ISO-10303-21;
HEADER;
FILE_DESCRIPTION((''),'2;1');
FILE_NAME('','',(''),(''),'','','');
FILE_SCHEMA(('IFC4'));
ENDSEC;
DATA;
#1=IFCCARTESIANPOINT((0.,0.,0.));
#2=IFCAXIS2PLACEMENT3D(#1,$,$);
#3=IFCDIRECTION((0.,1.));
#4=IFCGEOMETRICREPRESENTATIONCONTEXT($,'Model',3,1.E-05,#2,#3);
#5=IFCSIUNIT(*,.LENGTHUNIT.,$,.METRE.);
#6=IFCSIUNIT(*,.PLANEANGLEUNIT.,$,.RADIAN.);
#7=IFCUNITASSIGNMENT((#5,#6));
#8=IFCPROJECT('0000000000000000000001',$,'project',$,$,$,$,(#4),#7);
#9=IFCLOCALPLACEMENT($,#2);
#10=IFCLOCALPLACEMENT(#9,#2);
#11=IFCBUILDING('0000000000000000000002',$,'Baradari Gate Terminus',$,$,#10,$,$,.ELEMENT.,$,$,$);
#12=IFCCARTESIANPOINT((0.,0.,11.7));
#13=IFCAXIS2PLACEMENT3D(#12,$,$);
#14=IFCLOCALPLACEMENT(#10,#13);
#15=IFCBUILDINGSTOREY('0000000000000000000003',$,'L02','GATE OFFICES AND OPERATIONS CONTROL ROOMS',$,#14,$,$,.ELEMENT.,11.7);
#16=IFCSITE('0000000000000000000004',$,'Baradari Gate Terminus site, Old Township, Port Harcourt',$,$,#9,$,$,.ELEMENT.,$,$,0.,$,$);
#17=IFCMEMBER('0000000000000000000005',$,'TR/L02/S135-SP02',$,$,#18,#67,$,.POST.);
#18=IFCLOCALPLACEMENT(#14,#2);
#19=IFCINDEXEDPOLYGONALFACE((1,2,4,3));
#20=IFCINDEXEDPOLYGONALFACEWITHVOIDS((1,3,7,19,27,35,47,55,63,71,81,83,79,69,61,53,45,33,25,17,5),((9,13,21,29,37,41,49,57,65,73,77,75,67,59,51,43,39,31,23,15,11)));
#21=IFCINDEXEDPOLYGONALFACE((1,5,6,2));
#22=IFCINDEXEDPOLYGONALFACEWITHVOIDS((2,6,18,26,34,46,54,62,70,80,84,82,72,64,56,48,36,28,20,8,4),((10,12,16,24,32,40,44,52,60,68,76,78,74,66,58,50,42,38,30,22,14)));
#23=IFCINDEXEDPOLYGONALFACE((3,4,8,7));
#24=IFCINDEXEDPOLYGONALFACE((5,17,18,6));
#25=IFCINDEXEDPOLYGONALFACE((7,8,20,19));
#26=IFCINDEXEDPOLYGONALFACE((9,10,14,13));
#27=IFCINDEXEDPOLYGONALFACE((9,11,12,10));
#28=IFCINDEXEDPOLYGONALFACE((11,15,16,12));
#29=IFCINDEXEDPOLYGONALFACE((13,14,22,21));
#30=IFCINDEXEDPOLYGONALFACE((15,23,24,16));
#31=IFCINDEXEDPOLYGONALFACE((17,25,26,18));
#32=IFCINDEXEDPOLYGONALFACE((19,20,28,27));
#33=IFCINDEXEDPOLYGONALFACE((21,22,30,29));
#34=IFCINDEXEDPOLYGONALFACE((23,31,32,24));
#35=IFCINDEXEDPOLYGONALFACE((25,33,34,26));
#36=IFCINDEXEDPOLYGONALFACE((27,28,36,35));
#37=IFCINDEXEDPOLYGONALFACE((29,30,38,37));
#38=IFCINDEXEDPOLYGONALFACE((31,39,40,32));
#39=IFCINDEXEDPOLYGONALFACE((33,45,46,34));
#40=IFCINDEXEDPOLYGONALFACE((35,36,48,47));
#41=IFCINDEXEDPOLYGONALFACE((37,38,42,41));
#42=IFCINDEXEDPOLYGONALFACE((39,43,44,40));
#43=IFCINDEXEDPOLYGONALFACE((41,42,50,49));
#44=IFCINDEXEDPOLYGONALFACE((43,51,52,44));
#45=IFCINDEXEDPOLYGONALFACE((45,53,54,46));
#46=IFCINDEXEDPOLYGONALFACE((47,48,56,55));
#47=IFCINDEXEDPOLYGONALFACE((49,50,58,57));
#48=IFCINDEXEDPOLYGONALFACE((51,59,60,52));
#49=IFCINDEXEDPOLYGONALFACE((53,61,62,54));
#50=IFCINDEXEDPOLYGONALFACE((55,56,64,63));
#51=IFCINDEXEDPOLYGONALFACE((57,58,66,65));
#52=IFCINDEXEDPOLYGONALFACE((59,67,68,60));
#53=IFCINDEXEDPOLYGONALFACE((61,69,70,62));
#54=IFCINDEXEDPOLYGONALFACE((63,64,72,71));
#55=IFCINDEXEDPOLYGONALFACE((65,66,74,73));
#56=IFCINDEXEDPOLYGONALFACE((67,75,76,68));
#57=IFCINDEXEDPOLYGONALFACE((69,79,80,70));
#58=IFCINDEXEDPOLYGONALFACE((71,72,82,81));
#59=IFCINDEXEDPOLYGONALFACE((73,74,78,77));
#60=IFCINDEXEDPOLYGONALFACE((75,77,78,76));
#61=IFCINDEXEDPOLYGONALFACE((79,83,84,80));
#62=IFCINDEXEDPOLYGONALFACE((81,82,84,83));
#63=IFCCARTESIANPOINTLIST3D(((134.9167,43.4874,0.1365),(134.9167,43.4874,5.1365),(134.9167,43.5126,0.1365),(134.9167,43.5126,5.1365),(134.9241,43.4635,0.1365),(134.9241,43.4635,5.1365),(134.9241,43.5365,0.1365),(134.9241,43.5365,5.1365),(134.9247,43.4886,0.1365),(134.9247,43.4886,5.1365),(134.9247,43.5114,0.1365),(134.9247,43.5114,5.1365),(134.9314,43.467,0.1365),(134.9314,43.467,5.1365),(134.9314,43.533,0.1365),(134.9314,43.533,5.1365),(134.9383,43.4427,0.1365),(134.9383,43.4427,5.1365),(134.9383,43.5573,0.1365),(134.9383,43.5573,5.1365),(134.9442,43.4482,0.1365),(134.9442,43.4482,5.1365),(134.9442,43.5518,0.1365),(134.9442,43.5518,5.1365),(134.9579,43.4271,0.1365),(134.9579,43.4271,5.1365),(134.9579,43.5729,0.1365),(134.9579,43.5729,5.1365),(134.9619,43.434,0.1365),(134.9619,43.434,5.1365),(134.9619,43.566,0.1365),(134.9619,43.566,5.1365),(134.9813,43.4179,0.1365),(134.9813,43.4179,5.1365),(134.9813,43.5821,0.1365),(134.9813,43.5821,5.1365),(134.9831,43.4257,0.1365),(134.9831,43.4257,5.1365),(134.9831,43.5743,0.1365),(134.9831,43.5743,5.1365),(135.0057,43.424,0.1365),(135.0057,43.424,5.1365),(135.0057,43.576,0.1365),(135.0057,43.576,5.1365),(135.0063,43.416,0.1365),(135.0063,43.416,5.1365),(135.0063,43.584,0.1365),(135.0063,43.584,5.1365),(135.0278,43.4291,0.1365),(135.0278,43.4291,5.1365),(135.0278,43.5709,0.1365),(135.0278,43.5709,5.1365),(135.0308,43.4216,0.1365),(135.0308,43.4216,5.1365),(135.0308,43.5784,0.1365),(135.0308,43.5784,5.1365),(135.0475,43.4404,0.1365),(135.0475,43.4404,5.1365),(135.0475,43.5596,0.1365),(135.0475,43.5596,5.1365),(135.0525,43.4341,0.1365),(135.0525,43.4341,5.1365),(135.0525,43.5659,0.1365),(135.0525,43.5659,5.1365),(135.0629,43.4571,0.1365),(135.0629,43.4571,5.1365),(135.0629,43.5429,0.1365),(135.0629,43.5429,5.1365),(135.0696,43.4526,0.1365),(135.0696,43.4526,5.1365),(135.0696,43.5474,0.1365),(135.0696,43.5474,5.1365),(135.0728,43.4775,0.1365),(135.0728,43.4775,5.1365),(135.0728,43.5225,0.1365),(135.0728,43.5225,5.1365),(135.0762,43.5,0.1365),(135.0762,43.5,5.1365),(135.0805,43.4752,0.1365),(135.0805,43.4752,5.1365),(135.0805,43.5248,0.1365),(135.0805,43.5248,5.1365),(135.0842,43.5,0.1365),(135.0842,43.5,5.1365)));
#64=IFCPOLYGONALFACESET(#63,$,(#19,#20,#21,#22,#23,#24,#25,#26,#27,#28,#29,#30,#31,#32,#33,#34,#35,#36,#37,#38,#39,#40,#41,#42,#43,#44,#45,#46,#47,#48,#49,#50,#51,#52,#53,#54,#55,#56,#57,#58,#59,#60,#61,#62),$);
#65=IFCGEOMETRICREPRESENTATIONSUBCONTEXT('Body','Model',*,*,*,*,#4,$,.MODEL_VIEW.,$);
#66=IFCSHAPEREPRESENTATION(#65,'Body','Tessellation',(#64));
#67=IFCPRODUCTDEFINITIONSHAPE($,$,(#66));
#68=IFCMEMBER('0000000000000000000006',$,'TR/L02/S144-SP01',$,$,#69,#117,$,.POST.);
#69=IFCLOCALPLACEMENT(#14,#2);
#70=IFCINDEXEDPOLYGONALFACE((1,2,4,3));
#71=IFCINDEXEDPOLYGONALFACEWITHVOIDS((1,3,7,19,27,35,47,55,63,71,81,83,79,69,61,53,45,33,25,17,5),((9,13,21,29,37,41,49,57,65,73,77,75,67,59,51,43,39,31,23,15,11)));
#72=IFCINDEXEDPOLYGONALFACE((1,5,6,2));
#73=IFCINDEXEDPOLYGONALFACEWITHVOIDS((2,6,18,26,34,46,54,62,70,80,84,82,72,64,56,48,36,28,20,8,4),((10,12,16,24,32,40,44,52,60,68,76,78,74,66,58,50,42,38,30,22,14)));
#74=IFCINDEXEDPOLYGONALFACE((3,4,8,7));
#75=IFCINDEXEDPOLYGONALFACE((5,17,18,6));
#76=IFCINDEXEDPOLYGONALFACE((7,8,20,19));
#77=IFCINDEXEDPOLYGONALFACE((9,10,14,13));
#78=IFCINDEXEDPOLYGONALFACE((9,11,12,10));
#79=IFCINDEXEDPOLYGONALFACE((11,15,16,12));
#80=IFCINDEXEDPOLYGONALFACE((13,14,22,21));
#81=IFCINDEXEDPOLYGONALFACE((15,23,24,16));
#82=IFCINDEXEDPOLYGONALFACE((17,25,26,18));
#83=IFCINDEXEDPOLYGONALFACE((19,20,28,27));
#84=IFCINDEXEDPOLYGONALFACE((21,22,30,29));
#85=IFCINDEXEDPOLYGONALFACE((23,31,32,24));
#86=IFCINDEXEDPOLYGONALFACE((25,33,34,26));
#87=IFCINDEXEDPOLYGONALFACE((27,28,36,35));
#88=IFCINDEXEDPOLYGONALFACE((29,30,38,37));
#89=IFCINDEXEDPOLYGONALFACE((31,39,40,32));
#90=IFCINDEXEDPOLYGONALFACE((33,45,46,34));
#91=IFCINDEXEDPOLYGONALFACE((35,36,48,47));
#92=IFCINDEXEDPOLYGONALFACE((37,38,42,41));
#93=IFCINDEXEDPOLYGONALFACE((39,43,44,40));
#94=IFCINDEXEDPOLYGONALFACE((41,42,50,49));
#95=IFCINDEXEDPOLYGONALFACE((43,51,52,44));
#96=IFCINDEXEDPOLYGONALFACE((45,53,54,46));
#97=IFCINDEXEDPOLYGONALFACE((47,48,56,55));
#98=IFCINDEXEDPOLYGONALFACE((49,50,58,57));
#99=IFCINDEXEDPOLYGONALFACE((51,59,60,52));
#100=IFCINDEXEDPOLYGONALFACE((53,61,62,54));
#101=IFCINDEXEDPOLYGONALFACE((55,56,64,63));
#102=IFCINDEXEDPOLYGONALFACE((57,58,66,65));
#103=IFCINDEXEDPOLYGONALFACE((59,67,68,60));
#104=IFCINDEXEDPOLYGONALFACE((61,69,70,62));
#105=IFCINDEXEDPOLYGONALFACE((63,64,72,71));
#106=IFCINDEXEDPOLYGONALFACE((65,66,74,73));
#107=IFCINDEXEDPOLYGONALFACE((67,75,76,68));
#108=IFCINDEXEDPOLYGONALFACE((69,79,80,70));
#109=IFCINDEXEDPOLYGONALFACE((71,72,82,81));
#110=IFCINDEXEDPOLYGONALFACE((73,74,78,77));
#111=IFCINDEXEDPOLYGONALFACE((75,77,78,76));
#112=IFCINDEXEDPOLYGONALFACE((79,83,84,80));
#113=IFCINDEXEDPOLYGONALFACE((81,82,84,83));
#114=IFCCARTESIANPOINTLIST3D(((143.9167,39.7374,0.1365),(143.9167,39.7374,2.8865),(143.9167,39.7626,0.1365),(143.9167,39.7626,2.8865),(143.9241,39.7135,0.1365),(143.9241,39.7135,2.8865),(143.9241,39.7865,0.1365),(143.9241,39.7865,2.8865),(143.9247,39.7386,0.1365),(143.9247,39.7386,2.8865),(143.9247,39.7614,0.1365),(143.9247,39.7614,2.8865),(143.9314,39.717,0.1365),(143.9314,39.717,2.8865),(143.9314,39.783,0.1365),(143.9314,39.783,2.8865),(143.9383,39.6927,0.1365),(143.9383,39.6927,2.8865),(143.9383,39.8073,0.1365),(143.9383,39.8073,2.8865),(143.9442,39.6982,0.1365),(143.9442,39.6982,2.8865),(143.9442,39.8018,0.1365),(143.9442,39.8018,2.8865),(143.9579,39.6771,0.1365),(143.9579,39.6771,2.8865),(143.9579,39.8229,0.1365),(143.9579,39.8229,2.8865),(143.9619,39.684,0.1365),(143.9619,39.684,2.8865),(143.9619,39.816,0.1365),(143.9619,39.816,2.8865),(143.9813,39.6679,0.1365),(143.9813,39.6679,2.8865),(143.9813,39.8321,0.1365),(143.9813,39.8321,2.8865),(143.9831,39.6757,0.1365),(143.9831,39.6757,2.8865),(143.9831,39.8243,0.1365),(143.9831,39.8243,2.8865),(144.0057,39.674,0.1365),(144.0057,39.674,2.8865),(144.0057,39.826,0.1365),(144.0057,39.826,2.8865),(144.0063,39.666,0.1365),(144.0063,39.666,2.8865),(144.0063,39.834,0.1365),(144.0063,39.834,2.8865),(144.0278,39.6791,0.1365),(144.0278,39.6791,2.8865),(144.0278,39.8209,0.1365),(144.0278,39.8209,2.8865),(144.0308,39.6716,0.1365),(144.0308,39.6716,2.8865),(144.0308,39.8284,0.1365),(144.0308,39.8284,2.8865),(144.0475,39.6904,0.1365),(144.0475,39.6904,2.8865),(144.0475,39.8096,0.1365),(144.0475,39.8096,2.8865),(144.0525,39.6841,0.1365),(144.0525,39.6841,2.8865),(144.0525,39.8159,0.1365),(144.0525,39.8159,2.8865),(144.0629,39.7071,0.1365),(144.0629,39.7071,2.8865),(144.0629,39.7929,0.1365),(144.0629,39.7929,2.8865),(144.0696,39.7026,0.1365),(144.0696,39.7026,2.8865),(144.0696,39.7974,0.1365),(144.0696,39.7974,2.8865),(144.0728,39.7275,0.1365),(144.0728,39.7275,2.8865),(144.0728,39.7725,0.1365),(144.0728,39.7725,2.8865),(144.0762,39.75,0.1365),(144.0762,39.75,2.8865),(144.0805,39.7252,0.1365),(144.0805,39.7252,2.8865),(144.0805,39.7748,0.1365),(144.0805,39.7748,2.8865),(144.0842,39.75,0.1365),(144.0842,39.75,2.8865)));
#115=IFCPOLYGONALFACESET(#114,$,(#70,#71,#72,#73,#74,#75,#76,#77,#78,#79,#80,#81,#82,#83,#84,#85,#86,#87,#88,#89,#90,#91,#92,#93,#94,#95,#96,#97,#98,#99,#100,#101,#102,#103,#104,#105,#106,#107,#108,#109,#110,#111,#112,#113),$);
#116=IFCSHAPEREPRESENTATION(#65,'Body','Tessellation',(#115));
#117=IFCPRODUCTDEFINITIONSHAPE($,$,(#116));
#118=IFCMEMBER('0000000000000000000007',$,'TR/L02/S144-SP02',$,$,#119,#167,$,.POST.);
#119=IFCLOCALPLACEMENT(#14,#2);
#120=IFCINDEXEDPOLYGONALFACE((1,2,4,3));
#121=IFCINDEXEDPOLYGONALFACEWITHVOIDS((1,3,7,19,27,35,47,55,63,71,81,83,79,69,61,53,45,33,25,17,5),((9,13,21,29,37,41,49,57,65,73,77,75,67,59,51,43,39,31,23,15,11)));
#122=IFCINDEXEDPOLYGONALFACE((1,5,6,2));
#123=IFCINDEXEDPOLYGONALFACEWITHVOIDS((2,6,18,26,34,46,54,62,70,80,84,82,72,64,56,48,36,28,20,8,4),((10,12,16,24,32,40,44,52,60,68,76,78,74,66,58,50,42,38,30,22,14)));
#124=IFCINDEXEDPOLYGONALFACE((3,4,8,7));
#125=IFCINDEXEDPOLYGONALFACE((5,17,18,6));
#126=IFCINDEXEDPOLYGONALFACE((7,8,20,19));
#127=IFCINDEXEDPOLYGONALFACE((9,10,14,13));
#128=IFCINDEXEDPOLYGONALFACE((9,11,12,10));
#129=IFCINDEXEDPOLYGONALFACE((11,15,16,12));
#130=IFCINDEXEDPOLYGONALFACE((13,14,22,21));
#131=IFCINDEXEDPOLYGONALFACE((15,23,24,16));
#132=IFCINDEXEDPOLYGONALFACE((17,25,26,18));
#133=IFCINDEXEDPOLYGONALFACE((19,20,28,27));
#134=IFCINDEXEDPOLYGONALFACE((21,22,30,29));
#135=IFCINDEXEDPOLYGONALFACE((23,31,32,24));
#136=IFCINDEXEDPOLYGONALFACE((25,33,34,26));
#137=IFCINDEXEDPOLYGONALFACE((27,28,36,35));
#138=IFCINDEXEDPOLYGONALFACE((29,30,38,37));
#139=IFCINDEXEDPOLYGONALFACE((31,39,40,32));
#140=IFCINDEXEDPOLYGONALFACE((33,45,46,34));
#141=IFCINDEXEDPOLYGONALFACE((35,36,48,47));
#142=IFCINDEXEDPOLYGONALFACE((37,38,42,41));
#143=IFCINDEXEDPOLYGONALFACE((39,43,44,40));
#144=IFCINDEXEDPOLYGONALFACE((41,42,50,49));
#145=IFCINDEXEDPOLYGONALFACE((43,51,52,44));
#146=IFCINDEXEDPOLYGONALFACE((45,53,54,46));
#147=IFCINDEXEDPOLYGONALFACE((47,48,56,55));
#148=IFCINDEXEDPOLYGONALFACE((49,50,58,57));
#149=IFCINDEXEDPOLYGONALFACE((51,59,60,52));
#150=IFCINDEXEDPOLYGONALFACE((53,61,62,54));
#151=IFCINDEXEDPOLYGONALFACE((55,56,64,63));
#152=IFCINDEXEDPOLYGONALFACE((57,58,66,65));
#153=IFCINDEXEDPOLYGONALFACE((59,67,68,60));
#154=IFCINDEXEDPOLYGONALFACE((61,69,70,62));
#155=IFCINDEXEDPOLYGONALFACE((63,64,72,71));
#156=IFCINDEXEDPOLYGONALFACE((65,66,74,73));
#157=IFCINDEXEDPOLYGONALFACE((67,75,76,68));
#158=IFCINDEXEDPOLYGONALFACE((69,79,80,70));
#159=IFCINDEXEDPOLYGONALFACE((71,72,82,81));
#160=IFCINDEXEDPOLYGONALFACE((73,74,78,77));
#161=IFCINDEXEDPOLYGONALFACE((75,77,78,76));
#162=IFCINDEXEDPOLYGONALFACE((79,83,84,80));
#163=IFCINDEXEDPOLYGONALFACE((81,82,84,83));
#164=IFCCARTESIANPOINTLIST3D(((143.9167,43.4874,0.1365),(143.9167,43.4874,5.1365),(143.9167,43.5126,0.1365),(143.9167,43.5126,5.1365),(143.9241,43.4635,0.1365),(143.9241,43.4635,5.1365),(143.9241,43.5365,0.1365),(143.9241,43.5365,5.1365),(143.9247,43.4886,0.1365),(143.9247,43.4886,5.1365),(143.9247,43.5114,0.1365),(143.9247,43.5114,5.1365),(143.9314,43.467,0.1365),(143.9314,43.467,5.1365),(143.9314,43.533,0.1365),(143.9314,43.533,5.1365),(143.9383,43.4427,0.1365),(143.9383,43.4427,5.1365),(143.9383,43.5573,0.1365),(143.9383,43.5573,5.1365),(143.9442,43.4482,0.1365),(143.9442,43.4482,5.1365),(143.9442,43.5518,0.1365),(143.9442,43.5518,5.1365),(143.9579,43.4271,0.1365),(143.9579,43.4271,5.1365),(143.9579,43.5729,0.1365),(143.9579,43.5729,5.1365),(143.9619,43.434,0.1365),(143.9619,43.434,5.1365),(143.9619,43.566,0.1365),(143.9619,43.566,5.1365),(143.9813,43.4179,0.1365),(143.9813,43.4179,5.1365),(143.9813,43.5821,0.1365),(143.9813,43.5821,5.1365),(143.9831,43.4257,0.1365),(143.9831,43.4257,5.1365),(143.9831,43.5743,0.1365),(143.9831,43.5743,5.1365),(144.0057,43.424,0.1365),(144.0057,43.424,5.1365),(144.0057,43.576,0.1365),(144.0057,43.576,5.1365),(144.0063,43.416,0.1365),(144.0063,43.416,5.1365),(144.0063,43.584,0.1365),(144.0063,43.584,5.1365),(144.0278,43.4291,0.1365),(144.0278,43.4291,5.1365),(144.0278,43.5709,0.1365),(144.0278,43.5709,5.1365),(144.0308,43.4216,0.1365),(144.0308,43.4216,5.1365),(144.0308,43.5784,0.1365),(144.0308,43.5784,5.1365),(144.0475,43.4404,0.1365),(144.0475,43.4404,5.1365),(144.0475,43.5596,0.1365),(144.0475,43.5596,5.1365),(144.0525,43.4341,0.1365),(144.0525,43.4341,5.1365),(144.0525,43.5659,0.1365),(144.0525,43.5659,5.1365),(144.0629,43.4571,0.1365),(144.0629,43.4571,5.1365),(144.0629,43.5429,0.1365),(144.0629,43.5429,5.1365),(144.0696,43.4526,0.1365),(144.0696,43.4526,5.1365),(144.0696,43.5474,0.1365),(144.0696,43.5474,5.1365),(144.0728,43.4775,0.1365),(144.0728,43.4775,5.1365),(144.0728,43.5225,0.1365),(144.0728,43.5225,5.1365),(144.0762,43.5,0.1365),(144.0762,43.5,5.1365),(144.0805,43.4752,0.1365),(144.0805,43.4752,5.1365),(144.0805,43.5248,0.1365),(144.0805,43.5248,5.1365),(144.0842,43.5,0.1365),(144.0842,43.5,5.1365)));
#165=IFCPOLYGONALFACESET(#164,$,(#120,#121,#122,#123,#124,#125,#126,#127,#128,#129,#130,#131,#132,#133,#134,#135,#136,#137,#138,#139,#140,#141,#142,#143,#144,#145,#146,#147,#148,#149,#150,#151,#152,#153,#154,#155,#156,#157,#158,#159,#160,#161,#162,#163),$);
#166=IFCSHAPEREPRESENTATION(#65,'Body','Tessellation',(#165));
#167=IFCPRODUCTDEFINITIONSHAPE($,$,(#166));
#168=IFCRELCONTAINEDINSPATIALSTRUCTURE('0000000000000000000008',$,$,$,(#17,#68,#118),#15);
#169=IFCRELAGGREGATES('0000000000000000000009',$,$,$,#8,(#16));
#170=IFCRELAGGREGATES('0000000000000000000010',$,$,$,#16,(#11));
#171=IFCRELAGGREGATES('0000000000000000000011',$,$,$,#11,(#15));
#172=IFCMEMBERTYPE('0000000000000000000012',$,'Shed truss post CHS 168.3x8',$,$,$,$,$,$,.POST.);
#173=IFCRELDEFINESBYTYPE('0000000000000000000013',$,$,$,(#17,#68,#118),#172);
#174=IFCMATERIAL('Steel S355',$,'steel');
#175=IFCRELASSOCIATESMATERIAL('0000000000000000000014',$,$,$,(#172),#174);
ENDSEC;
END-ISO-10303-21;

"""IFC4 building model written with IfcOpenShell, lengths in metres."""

from ifc_helpers import new_model, si_unit, direction, frame, origin, origin_2d, place, context, subcontext, project, spatial, hollow_circle, extrude, material, material_profile, profile_set, type_object, element, save


model = new_model("IFC4")

# Units and contexts
model_context = context("Model", 3, precision=1e-05, world=origin(), true_north=direction((0.0, 1.0)))
body_context = subcontext(model_context, "Body", "Model", "MODEL_VIEW")
ifc_project = project(units=[si_unit("LENGTHUNIT", "METRE"), si_unit("PLANEANGLEUNIT", "RADIAN")], contexts=[model_context])

# Site, building, storey
site_placement = place(None, origin())
site = spatial("IfcSite", under=ifc_project, at=site_placement, Name="Baradari Gate Terminus site, Old Township, Port Harcourt", CompositionType="ELEMENT", RefElevation=0.0)
building_placement = place(site_placement, origin())
building = spatial("IfcBuilding", under=site, at=building_placement, Name="Baradari Gate Terminus", CompositionType="ELEMENT")
storey_placement = place(building_placement, frame((0.0, 0.0, 11.7)))
storey = spatial("IfcBuildingStorey", under=building, at=storey_placement, Name="L02", Description="GATE OFFICES AND OPERATIONS CONTROL ROOMS", CompositionType="ELEMENT", Elevation=11.7)

# Members
ifc_material_1 = material(Name="Steel S355", Category="steel")
ifc_material_profile_1 = material_profile(ifc_material_1, hollow_circle(Radius=0.0842, WallThickness=0.0081, at=origin_2d()), Name="CHS 168.3x8")
ifc_profile_set_1 = profile_set([ifc_material_profile_1], Name="Steel S355")
member_type_1 = type_object("IfcMemberType", Name="Shed truss post CHS 168.3x8", PredefinedType="POST", material=ifc_profile_set_1)
member_1_placement = place(storey_placement, frame((135.0, 43.5, 0.1365), z_axis=(0.0, 0.0, 1.0), x_axis=(1.0, 0.0, 0.0)))
element("IfcMember", 1, at=member_1_placement, inside=storey, type_object=member_type_1, Name="TR/L02/S135-SP02", PredefinedType="POST", context=body_context, shape_type="SweptSolid", body=[
    extrude(hollow_circle(Radius=0.0842, WallThickness=0.0081, at=origin_2d()), origin(), (0.0, 0.0, 1.0), 5.0),
])
member_2_placement = place(storey_placement, frame((144.0, 39.75, 0.1365), z_axis=(0.0, 0.0, 1.0), x_axis=(1.0, 0.0, 0.0)))
element("IfcMember", 2, at=member_2_placement, inside=storey, type_object=member_type_1, Name="TR/L02/S144-SP01", PredefinedType="POST", context=body_context, shape_type="SweptSolid", body=[
    extrude(hollow_circle(Radius=0.0842, WallThickness=0.0081, at=origin_2d()), origin(), (0.0, 0.0, 1.0), 2.75),
])
member_3_placement = place(storey_placement, frame((144.0, 43.5, 0.1365), z_axis=(0.0, 0.0, 1.0), x_axis=(1.0, 0.0, 0.0)))
element("IfcMember", 3, at=member_3_placement, inside=storey, type_object=member_type_1, Name="TR/L02/S144-SP02", PredefinedType="POST", context=body_context, shape_type="SweptSolid", body=[
    extrude(hollow_circle(Radius=0.0842, WallThickness=0.0081, at=origin_2d()), origin(), (0.0, 0.0, 1.0), 5.0),
])

save(model, "model.ifc")
